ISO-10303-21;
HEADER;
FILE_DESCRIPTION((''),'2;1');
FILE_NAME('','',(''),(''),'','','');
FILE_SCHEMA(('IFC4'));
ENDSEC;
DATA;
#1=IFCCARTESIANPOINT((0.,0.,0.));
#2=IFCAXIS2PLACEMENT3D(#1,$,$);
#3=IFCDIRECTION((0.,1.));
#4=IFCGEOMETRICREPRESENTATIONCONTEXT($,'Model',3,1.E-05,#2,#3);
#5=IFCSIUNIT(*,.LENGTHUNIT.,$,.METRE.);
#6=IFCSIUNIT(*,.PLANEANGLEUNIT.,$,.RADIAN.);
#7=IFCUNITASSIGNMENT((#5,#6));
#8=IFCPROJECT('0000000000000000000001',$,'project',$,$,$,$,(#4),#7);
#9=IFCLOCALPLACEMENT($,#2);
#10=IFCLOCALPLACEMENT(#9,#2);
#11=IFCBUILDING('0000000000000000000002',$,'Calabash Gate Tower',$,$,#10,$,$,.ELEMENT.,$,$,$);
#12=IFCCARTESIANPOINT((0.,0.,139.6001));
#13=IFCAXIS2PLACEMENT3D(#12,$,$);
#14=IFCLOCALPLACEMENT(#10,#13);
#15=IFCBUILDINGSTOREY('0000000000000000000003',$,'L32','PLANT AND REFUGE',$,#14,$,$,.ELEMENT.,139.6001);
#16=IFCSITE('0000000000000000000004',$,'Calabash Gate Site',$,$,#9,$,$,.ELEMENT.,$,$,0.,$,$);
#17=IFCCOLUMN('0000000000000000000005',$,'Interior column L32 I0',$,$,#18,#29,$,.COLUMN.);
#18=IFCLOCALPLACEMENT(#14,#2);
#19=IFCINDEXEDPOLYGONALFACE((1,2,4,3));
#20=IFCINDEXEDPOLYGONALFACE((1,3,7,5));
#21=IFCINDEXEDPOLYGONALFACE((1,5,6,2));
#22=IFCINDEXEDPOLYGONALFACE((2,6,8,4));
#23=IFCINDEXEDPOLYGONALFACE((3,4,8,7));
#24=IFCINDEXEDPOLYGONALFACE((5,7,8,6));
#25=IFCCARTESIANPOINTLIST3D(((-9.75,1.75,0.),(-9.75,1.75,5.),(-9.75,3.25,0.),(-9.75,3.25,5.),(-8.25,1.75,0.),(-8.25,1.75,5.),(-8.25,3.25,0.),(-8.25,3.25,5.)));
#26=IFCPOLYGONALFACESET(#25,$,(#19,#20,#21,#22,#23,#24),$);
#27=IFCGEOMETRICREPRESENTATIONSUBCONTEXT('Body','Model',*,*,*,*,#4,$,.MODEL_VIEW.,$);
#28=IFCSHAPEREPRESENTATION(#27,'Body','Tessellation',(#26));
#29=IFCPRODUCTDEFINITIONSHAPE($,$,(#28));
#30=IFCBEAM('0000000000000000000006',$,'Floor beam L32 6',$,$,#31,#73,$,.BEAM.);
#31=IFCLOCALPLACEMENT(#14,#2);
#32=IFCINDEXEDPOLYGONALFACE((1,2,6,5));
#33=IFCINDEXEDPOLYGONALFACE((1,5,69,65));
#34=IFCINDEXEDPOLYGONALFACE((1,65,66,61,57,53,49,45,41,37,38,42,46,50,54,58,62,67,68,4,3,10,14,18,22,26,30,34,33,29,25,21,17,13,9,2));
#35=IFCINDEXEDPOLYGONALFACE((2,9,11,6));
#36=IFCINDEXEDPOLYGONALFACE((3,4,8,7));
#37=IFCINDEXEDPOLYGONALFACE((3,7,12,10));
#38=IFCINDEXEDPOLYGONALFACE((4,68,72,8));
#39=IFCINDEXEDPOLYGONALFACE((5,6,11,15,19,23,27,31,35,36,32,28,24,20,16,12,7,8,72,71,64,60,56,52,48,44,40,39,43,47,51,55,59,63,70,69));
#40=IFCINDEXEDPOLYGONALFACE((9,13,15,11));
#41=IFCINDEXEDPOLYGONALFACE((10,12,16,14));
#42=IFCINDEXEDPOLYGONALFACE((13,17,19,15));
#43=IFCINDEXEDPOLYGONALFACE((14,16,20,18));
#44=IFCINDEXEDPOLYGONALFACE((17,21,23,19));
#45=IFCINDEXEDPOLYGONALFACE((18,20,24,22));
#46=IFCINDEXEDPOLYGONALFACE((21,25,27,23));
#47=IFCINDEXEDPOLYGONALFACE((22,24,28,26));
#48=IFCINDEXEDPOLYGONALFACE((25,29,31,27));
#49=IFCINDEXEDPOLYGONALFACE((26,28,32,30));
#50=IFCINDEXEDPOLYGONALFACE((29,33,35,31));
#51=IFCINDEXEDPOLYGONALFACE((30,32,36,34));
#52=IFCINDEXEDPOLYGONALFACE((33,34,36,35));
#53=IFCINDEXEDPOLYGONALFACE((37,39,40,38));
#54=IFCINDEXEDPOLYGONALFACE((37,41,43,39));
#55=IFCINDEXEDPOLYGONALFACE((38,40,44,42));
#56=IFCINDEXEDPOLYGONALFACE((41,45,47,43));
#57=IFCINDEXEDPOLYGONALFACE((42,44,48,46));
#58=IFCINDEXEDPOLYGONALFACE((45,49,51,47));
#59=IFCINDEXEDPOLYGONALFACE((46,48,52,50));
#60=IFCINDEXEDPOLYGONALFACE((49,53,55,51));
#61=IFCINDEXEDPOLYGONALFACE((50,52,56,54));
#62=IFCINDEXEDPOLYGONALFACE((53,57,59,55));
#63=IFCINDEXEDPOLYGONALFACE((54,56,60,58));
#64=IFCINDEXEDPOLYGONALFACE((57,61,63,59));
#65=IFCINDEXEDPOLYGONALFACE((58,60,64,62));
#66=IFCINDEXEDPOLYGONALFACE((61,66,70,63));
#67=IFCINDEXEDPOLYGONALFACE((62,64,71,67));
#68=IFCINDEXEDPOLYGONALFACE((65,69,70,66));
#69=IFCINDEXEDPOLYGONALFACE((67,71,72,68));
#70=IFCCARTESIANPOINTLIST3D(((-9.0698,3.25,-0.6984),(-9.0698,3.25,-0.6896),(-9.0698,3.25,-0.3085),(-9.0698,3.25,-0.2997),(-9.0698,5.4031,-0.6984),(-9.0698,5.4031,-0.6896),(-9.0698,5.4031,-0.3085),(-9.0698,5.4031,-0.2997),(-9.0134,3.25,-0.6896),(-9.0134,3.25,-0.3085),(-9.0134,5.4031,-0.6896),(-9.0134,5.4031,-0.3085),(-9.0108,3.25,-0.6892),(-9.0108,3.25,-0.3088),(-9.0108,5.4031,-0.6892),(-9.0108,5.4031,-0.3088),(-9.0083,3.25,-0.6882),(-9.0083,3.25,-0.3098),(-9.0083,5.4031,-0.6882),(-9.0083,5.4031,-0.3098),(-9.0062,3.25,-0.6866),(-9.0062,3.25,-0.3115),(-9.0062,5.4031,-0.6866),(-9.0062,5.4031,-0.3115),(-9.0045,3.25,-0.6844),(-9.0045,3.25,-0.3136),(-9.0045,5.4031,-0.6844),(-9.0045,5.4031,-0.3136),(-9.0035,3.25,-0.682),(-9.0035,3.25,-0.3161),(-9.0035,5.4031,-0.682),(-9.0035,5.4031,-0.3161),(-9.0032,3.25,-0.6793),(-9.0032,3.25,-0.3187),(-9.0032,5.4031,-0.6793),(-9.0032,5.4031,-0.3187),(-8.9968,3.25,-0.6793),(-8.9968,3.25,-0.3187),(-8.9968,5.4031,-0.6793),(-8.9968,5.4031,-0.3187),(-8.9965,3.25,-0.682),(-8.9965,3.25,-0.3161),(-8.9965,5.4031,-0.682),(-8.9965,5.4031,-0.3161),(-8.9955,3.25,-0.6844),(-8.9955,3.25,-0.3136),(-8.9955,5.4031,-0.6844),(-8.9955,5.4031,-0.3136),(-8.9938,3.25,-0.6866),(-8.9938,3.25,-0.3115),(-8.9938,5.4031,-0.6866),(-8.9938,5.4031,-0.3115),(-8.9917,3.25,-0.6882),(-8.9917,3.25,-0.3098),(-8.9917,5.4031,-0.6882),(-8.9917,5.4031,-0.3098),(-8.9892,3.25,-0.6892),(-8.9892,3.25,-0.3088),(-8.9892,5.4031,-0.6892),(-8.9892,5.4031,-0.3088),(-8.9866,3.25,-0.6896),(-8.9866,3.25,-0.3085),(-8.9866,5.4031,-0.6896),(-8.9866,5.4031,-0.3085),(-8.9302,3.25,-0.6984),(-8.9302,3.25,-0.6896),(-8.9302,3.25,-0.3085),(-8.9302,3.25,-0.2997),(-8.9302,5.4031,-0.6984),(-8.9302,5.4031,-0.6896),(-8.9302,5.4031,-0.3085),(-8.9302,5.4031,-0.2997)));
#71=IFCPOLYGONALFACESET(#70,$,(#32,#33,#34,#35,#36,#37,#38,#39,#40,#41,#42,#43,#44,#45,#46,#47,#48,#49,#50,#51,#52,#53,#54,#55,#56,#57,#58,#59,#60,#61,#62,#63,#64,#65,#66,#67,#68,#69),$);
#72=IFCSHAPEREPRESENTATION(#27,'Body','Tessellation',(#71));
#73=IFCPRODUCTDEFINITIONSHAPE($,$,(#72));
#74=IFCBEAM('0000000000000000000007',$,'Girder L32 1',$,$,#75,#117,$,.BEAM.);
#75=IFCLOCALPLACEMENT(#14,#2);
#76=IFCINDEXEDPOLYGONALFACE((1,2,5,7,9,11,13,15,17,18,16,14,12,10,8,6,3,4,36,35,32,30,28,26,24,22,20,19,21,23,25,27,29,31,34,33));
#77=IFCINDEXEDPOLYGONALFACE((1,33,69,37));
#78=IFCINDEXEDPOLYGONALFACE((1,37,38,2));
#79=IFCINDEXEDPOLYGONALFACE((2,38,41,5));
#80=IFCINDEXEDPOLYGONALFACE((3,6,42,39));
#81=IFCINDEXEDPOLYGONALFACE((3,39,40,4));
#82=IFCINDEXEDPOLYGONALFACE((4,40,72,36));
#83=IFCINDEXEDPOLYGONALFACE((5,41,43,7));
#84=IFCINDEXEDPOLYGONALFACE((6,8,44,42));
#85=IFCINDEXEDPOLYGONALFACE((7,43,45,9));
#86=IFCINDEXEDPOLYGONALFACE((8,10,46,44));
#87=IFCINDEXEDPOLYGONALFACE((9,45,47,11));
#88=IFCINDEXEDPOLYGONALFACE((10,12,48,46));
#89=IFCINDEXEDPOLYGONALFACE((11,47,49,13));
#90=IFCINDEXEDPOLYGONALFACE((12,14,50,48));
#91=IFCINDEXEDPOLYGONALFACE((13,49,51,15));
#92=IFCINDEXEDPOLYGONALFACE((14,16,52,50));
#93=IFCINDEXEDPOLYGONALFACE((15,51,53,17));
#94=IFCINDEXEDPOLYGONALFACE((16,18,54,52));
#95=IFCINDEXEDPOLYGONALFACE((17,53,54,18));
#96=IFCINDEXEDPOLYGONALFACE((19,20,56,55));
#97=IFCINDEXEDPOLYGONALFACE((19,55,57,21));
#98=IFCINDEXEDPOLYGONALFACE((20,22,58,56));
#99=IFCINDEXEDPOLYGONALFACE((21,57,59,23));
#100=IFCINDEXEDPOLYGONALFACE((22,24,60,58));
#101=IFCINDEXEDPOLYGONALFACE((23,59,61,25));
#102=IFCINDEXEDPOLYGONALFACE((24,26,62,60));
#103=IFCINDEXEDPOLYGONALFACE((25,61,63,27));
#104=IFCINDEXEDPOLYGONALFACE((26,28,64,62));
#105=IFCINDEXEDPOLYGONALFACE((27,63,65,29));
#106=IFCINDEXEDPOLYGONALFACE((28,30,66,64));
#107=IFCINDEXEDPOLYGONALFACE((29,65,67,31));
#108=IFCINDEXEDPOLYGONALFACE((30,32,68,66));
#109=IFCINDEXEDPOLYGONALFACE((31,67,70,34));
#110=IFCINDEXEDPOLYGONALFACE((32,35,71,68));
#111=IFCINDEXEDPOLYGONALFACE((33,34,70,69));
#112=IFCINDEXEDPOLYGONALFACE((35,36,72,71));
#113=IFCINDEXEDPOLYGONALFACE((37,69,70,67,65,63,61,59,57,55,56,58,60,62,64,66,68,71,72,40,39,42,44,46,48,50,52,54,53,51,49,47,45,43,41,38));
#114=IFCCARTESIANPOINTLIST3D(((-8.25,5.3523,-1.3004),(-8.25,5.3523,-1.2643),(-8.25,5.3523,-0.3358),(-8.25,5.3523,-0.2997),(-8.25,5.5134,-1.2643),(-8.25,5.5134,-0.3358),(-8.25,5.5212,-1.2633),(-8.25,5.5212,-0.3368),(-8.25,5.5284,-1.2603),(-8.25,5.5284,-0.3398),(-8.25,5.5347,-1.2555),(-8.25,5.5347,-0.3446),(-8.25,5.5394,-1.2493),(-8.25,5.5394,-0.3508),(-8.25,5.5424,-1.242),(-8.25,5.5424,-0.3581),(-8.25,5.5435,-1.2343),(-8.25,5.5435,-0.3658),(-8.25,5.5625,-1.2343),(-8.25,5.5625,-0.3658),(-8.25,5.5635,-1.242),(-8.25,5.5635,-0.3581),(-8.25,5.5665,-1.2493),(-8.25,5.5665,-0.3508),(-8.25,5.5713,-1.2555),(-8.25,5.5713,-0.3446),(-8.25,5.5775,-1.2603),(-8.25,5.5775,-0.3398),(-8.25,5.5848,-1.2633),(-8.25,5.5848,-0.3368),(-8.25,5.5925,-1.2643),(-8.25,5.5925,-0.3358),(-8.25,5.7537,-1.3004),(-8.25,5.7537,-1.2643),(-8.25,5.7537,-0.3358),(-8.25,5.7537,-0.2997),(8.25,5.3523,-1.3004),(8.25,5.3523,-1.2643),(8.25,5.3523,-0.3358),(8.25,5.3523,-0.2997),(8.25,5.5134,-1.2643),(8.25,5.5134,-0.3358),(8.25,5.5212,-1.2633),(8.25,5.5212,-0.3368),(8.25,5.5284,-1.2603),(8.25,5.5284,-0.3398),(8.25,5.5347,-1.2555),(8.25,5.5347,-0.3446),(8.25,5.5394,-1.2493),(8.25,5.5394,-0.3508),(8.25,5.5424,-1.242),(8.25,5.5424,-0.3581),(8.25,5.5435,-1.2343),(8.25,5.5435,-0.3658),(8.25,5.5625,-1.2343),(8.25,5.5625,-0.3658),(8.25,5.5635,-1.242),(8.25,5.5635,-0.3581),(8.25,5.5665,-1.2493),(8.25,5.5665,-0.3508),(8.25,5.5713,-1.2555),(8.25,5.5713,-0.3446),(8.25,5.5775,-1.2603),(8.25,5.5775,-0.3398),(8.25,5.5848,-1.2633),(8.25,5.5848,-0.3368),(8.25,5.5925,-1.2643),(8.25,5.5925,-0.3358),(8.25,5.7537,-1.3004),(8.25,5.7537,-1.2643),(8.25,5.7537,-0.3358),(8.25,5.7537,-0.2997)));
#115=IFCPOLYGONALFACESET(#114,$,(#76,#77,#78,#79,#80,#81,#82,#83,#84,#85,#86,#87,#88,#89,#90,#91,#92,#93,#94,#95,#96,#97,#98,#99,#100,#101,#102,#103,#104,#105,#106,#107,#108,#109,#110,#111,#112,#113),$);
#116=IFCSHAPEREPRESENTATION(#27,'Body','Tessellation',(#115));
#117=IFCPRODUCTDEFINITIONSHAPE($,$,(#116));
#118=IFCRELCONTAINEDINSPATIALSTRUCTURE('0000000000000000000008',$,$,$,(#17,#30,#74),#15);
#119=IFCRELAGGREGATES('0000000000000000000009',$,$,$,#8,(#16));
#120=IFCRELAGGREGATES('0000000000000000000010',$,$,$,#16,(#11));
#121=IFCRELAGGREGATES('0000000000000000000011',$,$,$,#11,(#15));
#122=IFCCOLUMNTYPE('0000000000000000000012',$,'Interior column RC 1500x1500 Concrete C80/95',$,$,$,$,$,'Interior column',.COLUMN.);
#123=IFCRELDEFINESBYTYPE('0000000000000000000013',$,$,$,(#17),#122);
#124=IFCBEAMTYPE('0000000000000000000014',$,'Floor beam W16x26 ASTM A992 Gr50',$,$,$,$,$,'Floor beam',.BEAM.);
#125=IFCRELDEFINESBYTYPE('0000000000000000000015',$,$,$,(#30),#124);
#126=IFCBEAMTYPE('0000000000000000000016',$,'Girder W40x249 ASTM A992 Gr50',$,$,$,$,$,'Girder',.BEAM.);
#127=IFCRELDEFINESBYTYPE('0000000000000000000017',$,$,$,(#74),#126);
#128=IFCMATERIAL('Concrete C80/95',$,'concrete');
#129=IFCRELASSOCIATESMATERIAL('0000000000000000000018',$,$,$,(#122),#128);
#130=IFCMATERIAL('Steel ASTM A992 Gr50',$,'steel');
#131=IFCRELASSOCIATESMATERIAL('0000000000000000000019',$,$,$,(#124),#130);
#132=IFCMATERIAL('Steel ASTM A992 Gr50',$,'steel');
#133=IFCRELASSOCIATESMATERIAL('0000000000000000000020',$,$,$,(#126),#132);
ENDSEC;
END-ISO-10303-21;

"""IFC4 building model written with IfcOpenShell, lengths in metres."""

from ifc_helpers import new_model, si_unit, direction, frame, origin, origin_2d, place, context, subcontext, project, spatial, rectangle, i_section, extrude, material, material_profile, profile_set, type_object, element, save


model = new_model("IFC4")

# Units and contexts
model_context = context("Model", 3, precision=1e-05, world=origin(), true_north=direction((0.0, 1.0)))
body_context = subcontext(model_context, "Body", "Model", "MODEL_VIEW")
ifc_project = project(units=[si_unit("LENGTHUNIT", "METRE"), si_unit("PLANEANGLEUNIT", "RADIAN")], contexts=[model_context])

# Site, building, storey
site_placement = place(None, origin())
site = spatial("IfcSite", under=ifc_project, at=site_placement, Name="Calabash Gate Site", CompositionType="ELEMENT", RefElevation=0.0)
building_placement = place(site_placement, origin())
building = spatial("IfcBuilding", under=site, at=building_placement, Name="Calabash Gate Tower", CompositionType="ELEMENT")
storey_placement = place(building_placement, frame((0.0, 0.0, 139.6001)))
storey = spatial("IfcBuildingStorey", under=building, at=storey_placement, Name="L32", Description="PLANT AND REFUGE", CompositionType="ELEMENT", Elevation=139.6001)

# Column
ifc_material_1 = material(Name="Concrete C80/95", Category="concrete")
ifc_material_profile_1 = material_profile(ifc_material_1, rectangle(XDim=1.5, YDim=1.5, at=origin_2d()))
ifc_profile_set_1 = profile_set([ifc_material_profile_1], Name="Concrete C80/95")
column_type = type_object("IfcColumnType", Name="Interior column RC 1500x1500 Concrete C80/95", ElementType="Interior column", PredefinedType="COLUMN", material=ifc_profile_set_1)
column_placement = place(storey_placement, frame((-9.0, 2.5, 0.0), z_axis=(0.0, 0.0, 1.0), x_axis=(1.0, 0.0, 0.0)))
element("IfcColumn", 1, at=column_placement, inside=storey, type_object=column_type, Name="Interior column L32 I0", PredefinedType="COLUMN", context=body_context, shape_type="SweptSolid", body=[
    extrude(rectangle(XDim=1.5, YDim=1.5, at=origin_2d()), origin(), (0.0, 0.0, 1.0), 5.0),
])

# Beams
ifc_material_2 = material(Name="Steel ASTM A992 Gr50", Category="steel")
ifc_material_profile_2 = material_profile(ifc_material_2, i_section(OverallWidth=0.1396, OverallDepth=0.3987, WebThickness=0.0063, FlangeThickness=0.0088, FilletRadius=0.0103, at=origin_2d()))
ifc_profile_set_2 = profile_set([ifc_material_profile_2], Name="Steel ASTM A992 Gr50")
beam_type_1 = type_object("IfcBeamType", Name="Floor beam W16x26 ASTM A992 Gr50", ElementType="Floor beam", PredefinedType="BEAM", material=ifc_profile_set_2)
beam_1_placement = place(storey_placement, frame((-9.0, 3.25, -0.499), z_axis=(0.0, 1.0, 0.0), x_axis=(-1.0, 0.0, 0.0)))
element("IfcBeam", 2, at=beam_1_placement, inside=storey, type_object=beam_type_1, Name="Floor beam L32 6", PredefinedType="BEAM", context=body_context, shape_type="SweptSolid", body=[
    extrude(i_section(OverallWidth=0.1396, OverallDepth=0.3987, WebThickness=0.0063, FlangeThickness=0.0088, FilletRadius=0.0103, at=origin_2d()), origin(), (0.0, 0.0, 1.0), 2.1531),
])
ifc_material_3 = material(Name="Steel ASTM A992 Gr50", Category="steel")
ifc_material_profile_3 = material_profile(ifc_material_3, i_section(OverallWidth=0.4014, OverallDepth=1.0007, WebThickness=0.019, FlangeThickness=0.0361, FilletRadius=0.03, at=origin_2d()))
ifc_profile_set_3 = profile_set([ifc_material_profile_3], Name="Steel ASTM A992 Gr50")
beam_type_2 = type_object("IfcBeamType", Name="Girder W40x249 ASTM A992 Gr50", ElementType="Girder", PredefinedType="BEAM", material=ifc_profile_set_3)
beam_2_placement = place(storey_placement, frame((-8.25, 5.553, -0.8), z_axis=(1.0, 0.0, 0.0), x_axis=(0.0, 1.0, 0.0)))
element("IfcBeam", 3, at=beam_2_placement, inside=storey, type_object=beam_type_2, Name="Girder L32 1", PredefinedType="BEAM", context=body_context, shape_type="SweptSolid", body=[
    extrude(i_section(OverallWidth=0.4014, OverallDepth=1.0007, WebThickness=0.019, FlangeThickness=0.0361, FilletRadius=0.03, at=origin_2d()), origin(), (0.0, 0.0, 1.0), 16.5),
])

save(model, "model.ifc")
